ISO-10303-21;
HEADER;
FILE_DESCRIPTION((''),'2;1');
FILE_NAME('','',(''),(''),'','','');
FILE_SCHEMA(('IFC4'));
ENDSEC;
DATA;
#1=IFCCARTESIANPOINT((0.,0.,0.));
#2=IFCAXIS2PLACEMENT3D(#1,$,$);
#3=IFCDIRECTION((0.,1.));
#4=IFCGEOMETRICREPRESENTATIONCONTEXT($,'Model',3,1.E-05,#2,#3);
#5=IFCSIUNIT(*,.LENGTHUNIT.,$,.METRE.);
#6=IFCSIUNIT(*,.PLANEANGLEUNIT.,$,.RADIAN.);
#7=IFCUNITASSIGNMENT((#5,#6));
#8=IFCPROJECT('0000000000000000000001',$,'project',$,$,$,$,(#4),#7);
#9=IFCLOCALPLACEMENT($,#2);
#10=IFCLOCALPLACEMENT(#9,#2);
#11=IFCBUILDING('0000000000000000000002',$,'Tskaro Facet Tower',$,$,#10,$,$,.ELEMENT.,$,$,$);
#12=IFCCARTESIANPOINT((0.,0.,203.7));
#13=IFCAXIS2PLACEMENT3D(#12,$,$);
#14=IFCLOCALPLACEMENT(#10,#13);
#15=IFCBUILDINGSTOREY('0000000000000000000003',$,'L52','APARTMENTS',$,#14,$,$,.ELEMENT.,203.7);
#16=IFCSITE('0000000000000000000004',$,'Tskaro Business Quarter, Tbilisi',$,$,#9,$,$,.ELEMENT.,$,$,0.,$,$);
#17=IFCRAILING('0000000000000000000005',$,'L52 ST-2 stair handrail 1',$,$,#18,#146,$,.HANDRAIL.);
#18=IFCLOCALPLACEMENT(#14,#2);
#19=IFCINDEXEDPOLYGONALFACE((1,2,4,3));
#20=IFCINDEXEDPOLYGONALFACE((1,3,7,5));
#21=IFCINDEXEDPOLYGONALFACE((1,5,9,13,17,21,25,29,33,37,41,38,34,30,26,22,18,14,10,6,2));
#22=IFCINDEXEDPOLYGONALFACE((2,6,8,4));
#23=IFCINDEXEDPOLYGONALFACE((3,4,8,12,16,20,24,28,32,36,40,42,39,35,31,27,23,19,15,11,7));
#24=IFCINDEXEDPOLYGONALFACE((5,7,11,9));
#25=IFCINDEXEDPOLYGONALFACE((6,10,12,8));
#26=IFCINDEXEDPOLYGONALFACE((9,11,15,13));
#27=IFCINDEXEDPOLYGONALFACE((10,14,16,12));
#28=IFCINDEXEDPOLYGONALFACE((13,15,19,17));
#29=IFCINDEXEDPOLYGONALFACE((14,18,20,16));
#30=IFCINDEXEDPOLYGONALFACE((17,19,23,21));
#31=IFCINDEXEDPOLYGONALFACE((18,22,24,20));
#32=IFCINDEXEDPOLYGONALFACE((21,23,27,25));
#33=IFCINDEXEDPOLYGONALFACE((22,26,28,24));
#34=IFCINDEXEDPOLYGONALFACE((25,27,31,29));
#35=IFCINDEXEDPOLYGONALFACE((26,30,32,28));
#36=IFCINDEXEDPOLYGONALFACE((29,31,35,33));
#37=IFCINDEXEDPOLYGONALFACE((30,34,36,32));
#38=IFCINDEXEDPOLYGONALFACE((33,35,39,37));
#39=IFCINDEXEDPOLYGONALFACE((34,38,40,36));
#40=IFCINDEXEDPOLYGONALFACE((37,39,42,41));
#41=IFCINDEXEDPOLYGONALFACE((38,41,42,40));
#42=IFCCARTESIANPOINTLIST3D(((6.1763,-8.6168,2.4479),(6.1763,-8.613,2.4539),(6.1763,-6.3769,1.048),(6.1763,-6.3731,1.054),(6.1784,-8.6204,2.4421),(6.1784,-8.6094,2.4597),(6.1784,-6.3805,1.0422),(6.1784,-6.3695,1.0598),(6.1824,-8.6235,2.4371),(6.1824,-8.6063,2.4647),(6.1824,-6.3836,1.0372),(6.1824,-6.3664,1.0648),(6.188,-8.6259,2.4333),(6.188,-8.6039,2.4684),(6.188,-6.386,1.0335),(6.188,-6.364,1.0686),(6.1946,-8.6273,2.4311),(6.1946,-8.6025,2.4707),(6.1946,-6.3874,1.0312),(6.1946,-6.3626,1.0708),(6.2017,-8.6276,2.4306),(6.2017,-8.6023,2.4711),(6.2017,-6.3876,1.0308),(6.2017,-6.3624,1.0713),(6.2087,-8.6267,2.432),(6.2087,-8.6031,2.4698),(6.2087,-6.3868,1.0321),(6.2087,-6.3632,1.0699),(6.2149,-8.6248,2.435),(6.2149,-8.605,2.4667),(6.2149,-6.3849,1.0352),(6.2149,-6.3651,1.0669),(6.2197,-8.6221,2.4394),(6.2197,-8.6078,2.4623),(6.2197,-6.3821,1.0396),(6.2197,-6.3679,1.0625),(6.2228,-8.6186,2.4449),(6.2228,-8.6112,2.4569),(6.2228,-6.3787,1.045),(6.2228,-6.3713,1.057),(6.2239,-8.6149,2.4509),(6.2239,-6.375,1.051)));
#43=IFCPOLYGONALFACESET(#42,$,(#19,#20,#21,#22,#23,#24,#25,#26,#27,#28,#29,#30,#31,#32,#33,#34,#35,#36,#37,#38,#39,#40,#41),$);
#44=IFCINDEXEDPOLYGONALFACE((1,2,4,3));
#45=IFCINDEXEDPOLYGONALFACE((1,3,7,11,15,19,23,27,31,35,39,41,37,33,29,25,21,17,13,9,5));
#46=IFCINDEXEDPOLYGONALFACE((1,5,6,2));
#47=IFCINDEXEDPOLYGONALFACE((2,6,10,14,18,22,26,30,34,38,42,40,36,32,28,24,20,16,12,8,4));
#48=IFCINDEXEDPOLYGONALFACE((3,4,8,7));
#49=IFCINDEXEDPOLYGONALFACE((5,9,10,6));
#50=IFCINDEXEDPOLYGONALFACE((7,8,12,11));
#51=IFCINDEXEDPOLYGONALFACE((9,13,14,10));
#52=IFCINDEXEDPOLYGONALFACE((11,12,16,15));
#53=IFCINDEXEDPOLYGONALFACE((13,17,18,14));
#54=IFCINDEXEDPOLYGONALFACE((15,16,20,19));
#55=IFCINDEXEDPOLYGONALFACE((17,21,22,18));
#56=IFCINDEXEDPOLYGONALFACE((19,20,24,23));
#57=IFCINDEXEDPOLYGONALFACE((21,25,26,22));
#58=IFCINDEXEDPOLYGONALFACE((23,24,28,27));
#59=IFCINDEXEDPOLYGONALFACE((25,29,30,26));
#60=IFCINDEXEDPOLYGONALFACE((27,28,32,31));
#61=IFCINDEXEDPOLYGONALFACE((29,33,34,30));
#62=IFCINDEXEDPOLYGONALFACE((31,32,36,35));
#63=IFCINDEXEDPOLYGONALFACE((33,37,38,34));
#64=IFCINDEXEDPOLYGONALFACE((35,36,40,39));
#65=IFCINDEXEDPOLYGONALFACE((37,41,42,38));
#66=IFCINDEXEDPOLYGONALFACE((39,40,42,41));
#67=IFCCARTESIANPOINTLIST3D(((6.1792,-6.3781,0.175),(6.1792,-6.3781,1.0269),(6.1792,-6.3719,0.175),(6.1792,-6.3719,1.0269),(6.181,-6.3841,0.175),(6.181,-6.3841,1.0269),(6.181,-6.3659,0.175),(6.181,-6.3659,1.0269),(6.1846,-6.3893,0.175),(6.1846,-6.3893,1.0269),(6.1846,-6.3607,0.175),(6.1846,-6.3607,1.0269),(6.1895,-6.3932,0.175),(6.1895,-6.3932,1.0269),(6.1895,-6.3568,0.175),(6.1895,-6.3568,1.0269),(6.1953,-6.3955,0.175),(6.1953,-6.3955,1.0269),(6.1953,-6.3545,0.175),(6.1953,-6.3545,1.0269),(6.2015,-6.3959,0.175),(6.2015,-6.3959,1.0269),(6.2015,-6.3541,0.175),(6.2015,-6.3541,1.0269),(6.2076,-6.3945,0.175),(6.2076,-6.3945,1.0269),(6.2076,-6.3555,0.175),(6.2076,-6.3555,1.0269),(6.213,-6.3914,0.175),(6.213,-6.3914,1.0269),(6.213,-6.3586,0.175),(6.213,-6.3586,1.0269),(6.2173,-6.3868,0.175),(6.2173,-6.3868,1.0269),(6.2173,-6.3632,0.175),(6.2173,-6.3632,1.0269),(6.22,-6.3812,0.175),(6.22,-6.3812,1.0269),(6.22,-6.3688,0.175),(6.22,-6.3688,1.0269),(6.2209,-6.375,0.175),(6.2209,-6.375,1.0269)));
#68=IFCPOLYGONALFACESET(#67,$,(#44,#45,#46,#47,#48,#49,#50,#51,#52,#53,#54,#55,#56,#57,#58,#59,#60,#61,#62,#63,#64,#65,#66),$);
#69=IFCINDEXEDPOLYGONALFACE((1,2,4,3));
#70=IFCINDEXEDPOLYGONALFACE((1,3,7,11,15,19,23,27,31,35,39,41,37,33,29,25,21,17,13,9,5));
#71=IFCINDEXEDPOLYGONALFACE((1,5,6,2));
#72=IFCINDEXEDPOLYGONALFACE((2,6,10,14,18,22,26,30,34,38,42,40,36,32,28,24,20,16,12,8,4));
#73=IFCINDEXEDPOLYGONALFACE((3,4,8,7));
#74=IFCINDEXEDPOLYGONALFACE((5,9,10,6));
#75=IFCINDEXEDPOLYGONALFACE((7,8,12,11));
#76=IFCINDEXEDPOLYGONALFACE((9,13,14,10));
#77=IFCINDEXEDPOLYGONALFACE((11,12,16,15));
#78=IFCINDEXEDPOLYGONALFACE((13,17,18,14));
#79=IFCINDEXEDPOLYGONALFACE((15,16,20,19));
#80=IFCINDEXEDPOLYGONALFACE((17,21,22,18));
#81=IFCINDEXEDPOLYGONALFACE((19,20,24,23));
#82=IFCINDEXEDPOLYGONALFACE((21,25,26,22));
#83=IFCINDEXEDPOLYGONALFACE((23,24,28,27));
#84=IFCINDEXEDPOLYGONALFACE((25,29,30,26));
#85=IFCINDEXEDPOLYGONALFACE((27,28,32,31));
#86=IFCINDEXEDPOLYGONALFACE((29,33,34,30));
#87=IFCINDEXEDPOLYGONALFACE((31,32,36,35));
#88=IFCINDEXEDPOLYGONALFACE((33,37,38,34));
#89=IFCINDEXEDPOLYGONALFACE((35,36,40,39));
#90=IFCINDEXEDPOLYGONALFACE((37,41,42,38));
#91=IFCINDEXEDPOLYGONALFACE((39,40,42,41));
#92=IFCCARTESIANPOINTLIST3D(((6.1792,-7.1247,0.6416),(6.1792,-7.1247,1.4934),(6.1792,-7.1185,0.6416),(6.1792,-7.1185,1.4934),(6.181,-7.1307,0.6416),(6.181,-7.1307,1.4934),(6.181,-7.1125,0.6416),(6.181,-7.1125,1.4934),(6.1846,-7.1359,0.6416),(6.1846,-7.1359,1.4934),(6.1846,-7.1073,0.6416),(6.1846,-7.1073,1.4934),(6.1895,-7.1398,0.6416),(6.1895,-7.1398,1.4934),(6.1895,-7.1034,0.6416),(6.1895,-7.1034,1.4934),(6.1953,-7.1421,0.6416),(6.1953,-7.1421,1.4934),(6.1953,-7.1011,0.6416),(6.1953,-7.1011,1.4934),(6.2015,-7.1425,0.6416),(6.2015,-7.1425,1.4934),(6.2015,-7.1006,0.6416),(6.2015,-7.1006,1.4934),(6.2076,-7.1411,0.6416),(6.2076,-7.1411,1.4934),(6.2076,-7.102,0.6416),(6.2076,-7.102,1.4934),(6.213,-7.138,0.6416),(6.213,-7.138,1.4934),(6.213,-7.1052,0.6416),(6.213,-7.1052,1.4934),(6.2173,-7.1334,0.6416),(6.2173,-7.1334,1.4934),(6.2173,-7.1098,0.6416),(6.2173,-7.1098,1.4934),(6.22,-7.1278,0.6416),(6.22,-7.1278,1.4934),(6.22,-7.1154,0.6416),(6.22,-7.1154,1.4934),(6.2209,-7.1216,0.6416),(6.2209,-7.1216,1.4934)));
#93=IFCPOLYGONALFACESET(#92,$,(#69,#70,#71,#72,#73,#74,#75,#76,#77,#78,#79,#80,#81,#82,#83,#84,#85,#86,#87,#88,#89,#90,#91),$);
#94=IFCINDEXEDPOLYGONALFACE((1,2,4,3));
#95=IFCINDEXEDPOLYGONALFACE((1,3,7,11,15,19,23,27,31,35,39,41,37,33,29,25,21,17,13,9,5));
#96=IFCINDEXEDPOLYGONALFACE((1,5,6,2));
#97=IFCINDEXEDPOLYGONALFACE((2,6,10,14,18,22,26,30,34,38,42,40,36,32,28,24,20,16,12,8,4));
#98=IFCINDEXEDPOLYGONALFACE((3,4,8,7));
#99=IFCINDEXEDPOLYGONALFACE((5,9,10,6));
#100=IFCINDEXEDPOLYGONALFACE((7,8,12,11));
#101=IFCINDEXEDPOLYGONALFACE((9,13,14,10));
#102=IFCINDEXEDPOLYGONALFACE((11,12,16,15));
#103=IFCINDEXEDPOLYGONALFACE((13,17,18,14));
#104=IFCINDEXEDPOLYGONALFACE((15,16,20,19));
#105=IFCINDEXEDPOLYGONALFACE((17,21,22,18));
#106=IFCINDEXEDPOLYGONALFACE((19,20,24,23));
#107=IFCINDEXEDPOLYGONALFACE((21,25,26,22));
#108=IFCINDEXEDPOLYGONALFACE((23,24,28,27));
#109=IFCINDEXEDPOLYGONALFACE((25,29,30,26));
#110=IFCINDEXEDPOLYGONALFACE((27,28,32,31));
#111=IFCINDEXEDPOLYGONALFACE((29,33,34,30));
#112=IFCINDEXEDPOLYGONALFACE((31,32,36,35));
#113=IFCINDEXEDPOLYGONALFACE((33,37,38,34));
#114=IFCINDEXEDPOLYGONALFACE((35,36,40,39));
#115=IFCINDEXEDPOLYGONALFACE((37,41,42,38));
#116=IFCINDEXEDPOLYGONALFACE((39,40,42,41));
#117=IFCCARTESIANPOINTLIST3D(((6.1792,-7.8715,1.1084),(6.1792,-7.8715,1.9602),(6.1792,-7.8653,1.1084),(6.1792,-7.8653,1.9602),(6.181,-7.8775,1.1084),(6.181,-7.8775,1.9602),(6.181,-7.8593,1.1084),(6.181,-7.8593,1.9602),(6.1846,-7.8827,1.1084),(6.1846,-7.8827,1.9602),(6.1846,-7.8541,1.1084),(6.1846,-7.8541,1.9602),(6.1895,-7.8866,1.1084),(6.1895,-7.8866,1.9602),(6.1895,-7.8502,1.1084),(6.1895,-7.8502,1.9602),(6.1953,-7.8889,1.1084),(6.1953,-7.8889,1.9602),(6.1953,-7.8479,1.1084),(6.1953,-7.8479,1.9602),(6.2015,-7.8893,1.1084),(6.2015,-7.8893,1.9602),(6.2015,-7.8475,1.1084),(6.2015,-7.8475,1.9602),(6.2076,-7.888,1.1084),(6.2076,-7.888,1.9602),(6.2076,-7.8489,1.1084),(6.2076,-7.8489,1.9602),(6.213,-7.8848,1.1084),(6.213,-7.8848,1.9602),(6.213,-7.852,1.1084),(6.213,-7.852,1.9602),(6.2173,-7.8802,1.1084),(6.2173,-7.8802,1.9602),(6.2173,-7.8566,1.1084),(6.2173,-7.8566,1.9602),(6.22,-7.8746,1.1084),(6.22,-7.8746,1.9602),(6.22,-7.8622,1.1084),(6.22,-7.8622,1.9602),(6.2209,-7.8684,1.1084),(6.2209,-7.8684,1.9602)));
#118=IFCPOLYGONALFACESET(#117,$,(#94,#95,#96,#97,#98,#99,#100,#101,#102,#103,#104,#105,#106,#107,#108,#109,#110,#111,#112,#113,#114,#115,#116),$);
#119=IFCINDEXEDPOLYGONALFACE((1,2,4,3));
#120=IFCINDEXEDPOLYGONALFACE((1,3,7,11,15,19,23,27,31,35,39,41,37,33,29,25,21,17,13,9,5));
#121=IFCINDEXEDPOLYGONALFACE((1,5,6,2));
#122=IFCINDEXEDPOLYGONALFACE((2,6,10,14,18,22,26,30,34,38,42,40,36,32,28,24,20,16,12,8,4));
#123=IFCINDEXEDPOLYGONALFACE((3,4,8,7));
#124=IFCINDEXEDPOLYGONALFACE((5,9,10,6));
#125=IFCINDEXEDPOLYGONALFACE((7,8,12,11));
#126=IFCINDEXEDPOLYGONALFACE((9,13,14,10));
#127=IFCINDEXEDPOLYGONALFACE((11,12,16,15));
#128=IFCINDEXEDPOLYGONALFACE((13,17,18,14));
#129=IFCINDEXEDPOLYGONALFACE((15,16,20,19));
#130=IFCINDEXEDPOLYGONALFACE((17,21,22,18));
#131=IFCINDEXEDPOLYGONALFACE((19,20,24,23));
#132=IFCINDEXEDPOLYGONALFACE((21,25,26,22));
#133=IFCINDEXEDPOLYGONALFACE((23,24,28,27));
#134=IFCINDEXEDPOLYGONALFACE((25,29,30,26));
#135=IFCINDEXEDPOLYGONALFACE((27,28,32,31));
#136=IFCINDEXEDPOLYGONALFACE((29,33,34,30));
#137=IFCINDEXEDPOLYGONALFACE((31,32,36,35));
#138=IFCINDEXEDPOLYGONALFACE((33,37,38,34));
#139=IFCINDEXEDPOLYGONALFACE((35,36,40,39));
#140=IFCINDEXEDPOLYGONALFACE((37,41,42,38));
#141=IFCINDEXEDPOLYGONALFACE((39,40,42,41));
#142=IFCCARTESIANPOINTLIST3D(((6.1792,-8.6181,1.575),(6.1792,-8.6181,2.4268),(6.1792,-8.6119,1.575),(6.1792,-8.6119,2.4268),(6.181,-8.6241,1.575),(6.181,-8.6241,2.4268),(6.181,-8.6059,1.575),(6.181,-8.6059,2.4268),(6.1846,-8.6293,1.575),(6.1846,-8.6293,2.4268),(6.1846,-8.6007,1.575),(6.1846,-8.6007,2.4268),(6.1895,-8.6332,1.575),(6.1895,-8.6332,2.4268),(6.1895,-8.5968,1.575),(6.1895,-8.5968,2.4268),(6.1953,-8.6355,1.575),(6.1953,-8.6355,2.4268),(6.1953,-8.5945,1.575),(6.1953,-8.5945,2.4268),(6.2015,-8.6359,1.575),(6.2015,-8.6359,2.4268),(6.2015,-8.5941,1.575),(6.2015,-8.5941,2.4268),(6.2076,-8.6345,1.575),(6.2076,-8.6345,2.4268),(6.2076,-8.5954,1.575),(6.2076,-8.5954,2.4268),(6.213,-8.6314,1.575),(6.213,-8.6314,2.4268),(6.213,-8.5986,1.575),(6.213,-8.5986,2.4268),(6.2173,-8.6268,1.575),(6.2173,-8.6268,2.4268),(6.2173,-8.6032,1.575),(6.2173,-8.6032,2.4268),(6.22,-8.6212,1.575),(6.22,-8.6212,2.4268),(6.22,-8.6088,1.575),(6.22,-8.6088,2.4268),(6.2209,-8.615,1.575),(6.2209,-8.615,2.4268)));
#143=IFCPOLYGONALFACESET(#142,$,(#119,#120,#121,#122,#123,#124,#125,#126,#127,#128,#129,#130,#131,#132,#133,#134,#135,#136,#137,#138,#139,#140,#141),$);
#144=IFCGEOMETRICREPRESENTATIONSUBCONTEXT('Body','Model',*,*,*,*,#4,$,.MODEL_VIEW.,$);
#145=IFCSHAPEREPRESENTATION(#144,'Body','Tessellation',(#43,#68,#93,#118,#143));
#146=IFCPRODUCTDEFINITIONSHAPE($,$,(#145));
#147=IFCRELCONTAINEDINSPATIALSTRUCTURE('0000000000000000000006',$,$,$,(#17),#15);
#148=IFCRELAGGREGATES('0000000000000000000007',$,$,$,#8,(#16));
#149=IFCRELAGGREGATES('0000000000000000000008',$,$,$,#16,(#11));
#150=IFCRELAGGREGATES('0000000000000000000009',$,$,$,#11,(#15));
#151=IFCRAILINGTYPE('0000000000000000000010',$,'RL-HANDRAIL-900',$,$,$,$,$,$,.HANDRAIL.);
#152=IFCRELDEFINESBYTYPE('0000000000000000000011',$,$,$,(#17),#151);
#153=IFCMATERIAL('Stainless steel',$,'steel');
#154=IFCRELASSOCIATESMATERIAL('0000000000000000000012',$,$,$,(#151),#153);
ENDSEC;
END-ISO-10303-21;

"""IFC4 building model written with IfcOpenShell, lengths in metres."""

from ifc_helpers import new_model, si_unit, direction, frame, origin, origin_2d, place, context, subcontext, project, spatial, circle, extrude, material, type_object, element, save


model = new_model("IFC4")

# Units and contexts
model_context = context("Model", 3, precision=1e-05, world=origin(), true_north=direction((0.0, 1.0)))
body_context = subcontext(model_context, "Body", "Model", "MODEL_VIEW")
ifc_project = project(units=[si_unit("LENGTHUNIT", "METRE"), si_unit("PLANEANGLEUNIT", "RADIAN")], contexts=[model_context])

# Site, building, storey
site_placement = place(None, origin())
site = spatial("IfcSite", under=ifc_project, at=site_placement, Name="Tskaro Business Quarter, Tbilisi", CompositionType="ELEMENT", RefElevation=0.0)
building_placement = place(site_placement, origin())
building = spatial("IfcBuilding", under=site, at=building_placement, Name="Tskaro Facet Tower", CompositionType="ELEMENT")
storey_placement = place(building_placement, frame((0.0, 0.0, 203.7)))
storey = spatial("IfcBuildingStorey", under=building, at=storey_placement, Name="L52", Description="APARTMENTS", CompositionType="ELEMENT", Elevation=203.7)

# Railing
ifc_material_1 = material(Name="Stainless steel", Category="steel")
railing_type_1 = type_object("IfcRailingType", Name="RL-HANDRAIL-900", PredefinedType="HANDRAIL", material=ifc_material_1)
railing_1_placement = place(storey_placement, frame((6.2, -6.375, 0.175)))
element("IfcRailing", 1, at=railing_1_placement, inside=storey, type_object=railing_type_1, Name="L52 ST-2 stair handrail 1", PredefinedType="HANDRAIL", context=body_context, shape_type="SweptSolid", body=[
    extrude(circle(Radius=0.0239, at=origin_2d()), frame((0.0, 0.0, 0.876), z_axis=(0.0, -0.848014, 0.529974), x_axis=(1.0, 0.0, 0.0)), (0.0, 0.0, 1.0), 2.6414),
    extrude(circle(Radius=0.021, at=origin_2d()), origin(), (0.0, 0.0, 1.0), 0.8518),
    extrude(circle(Radius=0.021, at=origin_2d()), frame((0.0, -0.7466, 0.4666)), (0.0, 0.0, 1.0), 0.8518),
    extrude(circle(Radius=0.021, at=origin_2d()), frame((0.0, -1.4934, 0.9333)), (0.0, 0.0, 1.0), 0.8518),
    extrude(circle(Radius=0.021, at=origin_2d()), frame((0.0, -2.24, 1.3999)), (0.0, 0.0, 1.0), 0.8518),
])

save(model, "model.ifc")
